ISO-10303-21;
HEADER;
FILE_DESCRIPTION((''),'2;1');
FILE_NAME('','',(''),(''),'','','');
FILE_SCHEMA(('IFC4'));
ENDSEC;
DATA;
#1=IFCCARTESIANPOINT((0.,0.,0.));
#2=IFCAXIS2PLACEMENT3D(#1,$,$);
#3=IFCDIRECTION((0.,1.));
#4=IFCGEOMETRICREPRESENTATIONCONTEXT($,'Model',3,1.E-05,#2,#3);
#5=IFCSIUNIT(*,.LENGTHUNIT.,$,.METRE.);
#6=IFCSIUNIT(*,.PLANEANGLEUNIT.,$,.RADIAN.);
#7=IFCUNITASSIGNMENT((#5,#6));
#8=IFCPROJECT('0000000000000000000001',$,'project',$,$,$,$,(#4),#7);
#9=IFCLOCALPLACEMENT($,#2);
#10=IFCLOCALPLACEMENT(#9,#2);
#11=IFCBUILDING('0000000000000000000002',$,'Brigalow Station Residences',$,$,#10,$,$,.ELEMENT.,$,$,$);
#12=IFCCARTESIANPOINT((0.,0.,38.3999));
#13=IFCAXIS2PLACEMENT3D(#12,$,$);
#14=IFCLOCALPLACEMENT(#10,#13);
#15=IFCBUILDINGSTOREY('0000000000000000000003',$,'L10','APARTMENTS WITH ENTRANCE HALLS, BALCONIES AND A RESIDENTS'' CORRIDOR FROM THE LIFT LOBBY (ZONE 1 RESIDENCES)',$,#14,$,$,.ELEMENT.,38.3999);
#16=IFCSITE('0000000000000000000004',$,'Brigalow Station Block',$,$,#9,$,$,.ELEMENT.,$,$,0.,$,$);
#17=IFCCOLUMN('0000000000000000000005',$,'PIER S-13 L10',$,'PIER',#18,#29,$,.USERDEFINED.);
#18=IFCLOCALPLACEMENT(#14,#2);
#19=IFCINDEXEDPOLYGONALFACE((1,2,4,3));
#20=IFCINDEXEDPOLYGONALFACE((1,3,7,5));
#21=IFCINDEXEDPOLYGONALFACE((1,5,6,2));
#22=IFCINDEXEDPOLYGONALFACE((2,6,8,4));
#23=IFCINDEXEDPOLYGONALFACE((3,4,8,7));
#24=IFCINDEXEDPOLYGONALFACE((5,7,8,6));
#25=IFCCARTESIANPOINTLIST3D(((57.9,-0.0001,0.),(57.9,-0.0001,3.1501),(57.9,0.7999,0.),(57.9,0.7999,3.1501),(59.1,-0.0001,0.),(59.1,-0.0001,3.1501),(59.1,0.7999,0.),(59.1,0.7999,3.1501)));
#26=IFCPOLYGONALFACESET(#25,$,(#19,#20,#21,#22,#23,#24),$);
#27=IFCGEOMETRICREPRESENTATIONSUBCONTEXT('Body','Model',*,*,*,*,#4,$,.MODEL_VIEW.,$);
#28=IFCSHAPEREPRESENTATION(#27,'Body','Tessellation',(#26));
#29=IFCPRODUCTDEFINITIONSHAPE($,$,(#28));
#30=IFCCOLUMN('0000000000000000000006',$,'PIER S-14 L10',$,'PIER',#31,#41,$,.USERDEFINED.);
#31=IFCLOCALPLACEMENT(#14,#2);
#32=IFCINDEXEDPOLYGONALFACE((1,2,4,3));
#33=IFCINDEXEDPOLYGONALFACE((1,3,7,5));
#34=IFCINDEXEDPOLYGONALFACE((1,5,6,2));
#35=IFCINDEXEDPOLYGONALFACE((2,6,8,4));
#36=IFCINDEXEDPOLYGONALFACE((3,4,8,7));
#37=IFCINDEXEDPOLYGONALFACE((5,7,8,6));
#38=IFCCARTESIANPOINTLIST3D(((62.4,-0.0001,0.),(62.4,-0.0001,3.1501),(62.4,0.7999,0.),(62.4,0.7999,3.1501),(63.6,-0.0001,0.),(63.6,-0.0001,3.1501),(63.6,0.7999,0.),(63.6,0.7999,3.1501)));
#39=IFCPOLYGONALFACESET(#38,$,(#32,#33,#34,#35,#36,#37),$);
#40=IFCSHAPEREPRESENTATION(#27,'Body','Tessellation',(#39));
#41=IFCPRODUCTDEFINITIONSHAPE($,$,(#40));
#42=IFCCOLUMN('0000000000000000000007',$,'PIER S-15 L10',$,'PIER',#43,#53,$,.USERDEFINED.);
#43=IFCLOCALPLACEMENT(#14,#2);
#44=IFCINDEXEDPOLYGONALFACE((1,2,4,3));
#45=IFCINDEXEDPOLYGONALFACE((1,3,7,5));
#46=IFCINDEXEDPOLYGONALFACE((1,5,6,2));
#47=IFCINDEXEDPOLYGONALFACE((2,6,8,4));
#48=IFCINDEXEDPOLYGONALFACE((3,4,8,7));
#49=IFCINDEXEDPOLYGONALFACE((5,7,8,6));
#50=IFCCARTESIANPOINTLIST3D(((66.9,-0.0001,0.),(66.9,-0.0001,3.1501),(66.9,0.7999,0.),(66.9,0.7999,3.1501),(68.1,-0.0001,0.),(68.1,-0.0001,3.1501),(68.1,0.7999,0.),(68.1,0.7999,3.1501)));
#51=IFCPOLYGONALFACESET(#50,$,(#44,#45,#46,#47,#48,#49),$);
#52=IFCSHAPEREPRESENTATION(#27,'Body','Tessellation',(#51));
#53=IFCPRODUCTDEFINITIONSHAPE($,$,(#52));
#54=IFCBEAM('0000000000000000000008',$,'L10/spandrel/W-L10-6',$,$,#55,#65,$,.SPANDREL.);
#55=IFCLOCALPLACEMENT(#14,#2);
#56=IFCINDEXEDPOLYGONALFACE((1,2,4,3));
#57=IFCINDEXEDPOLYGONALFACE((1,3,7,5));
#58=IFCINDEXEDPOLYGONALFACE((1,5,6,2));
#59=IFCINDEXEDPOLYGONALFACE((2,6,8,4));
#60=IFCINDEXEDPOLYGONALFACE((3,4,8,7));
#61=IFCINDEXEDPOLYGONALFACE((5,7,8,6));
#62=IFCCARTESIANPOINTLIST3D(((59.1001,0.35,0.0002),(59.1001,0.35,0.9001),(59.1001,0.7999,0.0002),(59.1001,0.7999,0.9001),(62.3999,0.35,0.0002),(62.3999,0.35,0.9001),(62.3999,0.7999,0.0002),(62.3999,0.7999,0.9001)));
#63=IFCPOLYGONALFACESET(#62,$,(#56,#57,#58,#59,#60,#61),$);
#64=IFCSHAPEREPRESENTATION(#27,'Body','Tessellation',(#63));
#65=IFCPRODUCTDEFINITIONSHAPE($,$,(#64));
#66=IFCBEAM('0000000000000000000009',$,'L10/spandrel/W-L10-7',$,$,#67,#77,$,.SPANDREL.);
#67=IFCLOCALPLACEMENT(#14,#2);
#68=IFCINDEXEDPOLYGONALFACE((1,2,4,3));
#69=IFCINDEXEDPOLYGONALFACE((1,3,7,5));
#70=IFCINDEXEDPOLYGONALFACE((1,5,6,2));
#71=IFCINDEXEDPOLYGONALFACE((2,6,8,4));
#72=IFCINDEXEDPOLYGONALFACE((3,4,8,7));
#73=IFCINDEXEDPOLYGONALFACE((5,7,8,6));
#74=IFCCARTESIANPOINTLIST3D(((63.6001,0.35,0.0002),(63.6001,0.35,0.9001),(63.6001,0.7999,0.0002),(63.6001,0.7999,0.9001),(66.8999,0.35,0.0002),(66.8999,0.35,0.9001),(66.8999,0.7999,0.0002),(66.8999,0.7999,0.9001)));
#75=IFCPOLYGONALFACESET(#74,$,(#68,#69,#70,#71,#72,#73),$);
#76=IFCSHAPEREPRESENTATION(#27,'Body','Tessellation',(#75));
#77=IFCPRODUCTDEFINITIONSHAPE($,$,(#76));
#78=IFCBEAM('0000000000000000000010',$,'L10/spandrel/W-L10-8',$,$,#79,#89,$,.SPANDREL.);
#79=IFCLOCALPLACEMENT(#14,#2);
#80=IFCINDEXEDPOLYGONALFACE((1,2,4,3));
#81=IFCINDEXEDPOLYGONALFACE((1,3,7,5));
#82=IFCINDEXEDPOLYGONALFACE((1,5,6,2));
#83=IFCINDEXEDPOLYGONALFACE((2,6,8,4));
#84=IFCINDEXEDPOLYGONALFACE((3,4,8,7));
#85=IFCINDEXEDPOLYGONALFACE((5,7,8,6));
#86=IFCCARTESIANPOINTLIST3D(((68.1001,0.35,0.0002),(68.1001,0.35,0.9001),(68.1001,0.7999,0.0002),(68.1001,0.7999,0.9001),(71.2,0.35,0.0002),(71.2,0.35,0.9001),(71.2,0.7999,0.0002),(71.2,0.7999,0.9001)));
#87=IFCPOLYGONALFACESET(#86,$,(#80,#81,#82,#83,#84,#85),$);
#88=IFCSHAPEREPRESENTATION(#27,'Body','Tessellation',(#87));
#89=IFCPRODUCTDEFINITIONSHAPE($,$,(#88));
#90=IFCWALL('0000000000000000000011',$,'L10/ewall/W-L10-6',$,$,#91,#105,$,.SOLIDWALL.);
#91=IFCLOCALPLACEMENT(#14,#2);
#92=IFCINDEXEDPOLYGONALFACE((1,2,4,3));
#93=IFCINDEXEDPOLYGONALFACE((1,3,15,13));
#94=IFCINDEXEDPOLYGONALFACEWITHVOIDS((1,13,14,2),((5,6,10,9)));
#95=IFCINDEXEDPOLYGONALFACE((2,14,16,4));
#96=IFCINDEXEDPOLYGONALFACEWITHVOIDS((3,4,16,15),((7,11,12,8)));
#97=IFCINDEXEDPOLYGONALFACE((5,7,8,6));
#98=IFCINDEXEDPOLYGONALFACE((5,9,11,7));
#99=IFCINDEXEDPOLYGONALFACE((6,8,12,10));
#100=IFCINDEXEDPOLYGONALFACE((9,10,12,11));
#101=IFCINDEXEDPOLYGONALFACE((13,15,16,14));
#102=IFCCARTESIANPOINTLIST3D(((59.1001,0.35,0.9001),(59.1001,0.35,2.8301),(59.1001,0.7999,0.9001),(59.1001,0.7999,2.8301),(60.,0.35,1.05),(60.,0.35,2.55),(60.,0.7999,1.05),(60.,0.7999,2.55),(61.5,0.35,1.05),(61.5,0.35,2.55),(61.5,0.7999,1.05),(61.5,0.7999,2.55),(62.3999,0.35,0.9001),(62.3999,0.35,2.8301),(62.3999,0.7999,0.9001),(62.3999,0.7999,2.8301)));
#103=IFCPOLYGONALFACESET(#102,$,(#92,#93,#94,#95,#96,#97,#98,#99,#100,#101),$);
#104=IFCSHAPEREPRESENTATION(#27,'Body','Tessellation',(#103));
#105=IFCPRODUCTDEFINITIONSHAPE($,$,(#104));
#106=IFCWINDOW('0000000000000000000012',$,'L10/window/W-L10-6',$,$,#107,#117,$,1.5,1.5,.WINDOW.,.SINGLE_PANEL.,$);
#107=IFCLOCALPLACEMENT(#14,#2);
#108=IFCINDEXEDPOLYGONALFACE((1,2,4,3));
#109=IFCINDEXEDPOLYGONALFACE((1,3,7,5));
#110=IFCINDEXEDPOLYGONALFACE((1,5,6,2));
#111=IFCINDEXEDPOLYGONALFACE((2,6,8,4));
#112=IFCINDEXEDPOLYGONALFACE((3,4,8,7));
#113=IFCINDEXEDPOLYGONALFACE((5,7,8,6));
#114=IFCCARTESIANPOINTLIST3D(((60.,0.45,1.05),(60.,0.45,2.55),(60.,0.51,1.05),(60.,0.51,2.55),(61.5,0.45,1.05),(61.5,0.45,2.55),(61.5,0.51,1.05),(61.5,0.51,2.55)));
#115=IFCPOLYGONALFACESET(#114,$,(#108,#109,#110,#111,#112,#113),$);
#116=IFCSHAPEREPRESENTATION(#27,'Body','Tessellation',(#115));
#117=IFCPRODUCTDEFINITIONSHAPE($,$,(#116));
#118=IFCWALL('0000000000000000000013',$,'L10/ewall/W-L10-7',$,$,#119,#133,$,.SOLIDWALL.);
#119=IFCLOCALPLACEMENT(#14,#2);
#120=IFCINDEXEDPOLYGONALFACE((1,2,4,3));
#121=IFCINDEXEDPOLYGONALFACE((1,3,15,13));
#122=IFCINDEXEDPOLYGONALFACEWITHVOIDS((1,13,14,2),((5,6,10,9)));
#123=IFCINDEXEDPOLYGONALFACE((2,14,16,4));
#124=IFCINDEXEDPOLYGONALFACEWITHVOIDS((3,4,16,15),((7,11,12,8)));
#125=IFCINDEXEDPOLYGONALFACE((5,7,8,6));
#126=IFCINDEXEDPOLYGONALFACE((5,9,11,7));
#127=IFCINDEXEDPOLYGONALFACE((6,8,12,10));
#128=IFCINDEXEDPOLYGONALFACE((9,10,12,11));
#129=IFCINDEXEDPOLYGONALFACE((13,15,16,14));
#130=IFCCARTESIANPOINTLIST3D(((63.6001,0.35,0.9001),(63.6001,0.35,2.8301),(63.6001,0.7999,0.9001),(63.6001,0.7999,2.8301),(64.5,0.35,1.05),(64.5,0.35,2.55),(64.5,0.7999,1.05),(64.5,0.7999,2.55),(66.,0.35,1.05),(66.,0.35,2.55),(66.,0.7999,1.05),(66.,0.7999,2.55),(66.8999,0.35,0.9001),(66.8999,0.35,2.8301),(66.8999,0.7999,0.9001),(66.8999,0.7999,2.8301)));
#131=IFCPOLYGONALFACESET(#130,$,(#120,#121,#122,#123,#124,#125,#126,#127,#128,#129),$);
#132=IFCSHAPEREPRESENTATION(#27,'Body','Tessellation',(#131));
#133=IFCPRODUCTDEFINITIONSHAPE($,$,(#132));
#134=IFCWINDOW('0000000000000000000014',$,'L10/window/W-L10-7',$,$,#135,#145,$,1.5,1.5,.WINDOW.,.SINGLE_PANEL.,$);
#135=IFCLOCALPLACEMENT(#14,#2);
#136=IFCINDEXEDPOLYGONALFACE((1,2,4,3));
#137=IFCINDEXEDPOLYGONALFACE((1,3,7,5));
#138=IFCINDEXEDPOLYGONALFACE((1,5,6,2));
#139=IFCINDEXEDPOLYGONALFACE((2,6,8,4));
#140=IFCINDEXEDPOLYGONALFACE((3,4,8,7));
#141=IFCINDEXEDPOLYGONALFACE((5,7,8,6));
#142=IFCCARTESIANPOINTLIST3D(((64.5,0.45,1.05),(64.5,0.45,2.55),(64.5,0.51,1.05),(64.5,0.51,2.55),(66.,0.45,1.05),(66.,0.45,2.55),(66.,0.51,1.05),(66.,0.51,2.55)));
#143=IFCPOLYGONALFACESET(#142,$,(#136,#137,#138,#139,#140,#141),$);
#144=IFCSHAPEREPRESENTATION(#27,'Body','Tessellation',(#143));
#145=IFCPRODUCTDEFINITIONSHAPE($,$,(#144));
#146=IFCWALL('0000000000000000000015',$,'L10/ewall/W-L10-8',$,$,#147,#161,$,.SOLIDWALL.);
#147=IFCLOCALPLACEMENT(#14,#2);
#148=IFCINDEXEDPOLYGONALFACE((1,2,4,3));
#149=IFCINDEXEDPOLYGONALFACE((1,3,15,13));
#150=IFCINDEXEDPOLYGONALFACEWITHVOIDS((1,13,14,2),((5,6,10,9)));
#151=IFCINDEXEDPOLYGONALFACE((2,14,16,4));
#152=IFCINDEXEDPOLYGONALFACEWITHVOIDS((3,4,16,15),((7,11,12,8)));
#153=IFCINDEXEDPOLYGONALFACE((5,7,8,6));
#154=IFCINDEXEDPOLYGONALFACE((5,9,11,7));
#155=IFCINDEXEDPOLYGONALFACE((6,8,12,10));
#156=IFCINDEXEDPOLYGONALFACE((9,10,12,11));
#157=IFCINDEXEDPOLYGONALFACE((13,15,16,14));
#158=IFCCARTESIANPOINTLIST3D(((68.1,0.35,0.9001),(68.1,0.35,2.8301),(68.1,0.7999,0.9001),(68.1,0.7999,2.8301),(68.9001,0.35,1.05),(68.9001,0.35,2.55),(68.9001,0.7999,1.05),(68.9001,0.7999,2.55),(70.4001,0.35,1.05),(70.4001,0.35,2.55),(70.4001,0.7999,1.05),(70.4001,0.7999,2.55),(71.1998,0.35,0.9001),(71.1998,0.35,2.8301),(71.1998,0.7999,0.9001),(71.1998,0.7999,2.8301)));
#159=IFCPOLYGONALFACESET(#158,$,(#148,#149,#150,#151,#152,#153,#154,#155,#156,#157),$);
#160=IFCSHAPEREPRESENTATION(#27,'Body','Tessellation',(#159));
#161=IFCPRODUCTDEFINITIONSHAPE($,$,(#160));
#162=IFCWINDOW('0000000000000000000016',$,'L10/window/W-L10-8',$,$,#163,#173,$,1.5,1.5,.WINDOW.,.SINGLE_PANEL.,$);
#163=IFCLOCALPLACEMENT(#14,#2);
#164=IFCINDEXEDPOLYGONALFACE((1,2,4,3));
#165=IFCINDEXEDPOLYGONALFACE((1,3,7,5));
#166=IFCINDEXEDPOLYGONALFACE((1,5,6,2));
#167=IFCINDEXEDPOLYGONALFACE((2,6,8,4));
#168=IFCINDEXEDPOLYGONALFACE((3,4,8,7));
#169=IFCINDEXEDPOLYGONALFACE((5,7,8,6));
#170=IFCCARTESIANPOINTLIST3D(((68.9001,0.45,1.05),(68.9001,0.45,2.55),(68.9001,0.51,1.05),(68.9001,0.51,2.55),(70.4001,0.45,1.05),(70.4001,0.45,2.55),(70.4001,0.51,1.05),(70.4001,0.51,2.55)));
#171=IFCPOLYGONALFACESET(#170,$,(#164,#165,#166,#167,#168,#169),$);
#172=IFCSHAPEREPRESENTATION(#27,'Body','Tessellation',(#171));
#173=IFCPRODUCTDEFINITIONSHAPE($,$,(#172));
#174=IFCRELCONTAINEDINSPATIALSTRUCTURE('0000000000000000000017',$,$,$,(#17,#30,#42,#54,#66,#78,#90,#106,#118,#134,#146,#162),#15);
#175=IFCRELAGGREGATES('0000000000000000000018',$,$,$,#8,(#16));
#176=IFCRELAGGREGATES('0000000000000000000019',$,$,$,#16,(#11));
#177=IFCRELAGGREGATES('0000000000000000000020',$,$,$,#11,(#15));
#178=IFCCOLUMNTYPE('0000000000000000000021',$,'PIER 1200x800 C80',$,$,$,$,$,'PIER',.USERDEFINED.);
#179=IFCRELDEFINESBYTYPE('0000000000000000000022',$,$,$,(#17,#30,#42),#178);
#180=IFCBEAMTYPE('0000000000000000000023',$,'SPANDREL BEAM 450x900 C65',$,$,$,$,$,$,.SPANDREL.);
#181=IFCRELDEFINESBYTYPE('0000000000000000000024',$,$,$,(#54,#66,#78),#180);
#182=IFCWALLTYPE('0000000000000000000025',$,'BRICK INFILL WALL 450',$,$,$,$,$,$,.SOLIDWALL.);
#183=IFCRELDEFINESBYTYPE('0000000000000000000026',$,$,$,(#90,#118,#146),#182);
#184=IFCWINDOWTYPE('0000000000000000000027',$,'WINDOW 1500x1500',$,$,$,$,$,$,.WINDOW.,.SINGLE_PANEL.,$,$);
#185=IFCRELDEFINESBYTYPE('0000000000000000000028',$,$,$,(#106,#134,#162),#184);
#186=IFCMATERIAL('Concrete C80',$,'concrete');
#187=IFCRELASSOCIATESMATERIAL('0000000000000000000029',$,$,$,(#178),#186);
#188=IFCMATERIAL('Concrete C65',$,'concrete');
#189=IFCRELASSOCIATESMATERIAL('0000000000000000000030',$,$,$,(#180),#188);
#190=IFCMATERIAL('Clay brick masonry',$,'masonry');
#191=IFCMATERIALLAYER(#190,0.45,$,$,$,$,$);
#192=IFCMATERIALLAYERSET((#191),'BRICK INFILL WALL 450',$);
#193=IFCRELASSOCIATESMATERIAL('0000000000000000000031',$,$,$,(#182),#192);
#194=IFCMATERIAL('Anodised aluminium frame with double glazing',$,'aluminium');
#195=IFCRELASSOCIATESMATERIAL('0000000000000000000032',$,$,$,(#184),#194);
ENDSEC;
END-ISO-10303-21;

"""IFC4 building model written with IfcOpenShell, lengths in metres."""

from ifc_helpers import new_model, si_unit, direction, frame, frame_2d, origin, origin_2d, place, context, subcontext, project, spatial, rectangle, extrude, material, layer, layer_set, material_profile, profile_set, type_object, element, fill, save


model = new_model("IFC4")

# Units and contexts
model_context = context("Model", 3, precision=1e-05, world=origin(), true_north=direction((0.0, 1.0)))
body_context = subcontext(model_context, "Body", "Model", "MODEL_VIEW")
ifc_project = project(units=[si_unit("LENGTHUNIT", "METRE"), si_unit("PLANEANGLEUNIT", "RADIAN")], contexts=[model_context])

# Site, building, storey
site_placement = place(None, origin())
site = spatial("IfcSite", under=ifc_project, at=site_placement, Name="Brigalow Station Block", CompositionType="ELEMENT", RefElevation=0.0)
building_placement = place(site_placement, origin())
building = spatial("IfcBuilding", under=site, at=building_placement, Name="Brigalow Station Residences", CompositionType="ELEMENT")
storey_placement = place(building_placement, frame((0.0, 0.0, 38.3999)))
storey = spatial("IfcBuildingStorey", under=building, at=storey_placement, Name="L10", Description="APARTMENTS WITH ENTRANCE HALLS, BALCONIES AND A RESIDENTS' CORRIDOR FROM THE LIFT LOBBY (ZONE 1 RESIDENCES)", CompositionType="ELEMENT", Elevation=38.3999)

# Columns
ifc_material_1 = material(Name="Concrete C80", Category="concrete")
ifc_material_profile_1 = material_profile(ifc_material_1, rectangle(XDim=1.2, YDim=0.8, at=origin_2d()), Name="RC1200x800")
ifc_profile_set_1 = profile_set([ifc_material_profile_1], Name="Concrete C80")
column_type = type_object("IfcColumnType", Name="PIER 1200x800 C80", ElementType="PIER", PredefinedType="USERDEFINED", material=ifc_profile_set_1)
for number, where, z_axis, x_axis, name in (
    (1, (58.5, 0.3999, 0.0), (0.0, 0.0, 1.0), (1.0, 0.0, 0.0), "PIER S-13 L10"),
    (2, (63.0, 0.3999, 0.0), (0.0, 0.0, 1.0), (1.0, 0.0, 0.0), "PIER S-14 L10"),
    (3, (67.5, 0.3999, 0.0), (0.0, 0.0, 1.0), (1.0, 0.0, 0.0), "PIER S-15 L10"),
):
    element("IfcColumn", number, at=place(storey_placement, frame(where, z_axis=z_axis, x_axis=x_axis)), inside=storey, type_object=column_type, Name=name, ObjectType="PIER", PredefinedType="USERDEFINED", context=body_context, shape_type="SweptSolid", body=[
        extrude(rectangle(XDim=1.2, YDim=0.8, at=origin_2d()), origin(), (0.0, 0.0, 1.0), 3.1501),
    ])

# Beams
ifc_material_2 = material(Name="Concrete C65", Category="concrete")
ifc_material_profile_2 = material_profile(ifc_material_2, rectangle(XDim=0.45, YDim=0.8999, at=origin_2d()), Name="RC450x900")
ifc_profile_set_2 = profile_set([ifc_material_profile_2], Name="Concrete C65")
beam_type = type_object("IfcBeamType", Name="SPANDREL BEAM 450x900 C65", PredefinedType="SPANDREL", material=ifc_profile_set_2)
for number, where, z_axis, x_axis, name in (
    (4, (59.1001, 0.575, 0.4502), (1.0, 0.0, 0.0), (0.0, 1.0, 0.0), "L10/spandrel/W-L10-6"),
    (5, (63.6001, 0.575, 0.4502), (1.0, 0.0, 0.0), (0.0, 1.0, 0.0), "L10/spandrel/W-L10-7"),
):
    element("IfcBeam", number, at=place(storey_placement, frame(where, z_axis=z_axis, x_axis=x_axis)), inside=storey, type_object=beam_type, Name=name, PredefinedType="SPANDREL", context=body_context, shape_type="SweptSolid", body=[
        extrude(rectangle(XDim=0.45, YDim=0.8999, at=origin_2d()), origin(), (0.0, 0.0, 1.0), 3.2998),
    ])
beam_placement = place(storey_placement, frame((68.1001, 0.575, 0.4502), z_axis=(1.0, 0.0, 0.0), x_axis=(0.0, 1.0, 0.0)))
element("IfcBeam", 6, at=beam_placement, inside=storey, type_object=beam_type, Name="L10/spandrel/W-L10-8", PredefinedType="SPANDREL", context=body_context, shape_type="SweptSolid", body=[
    extrude(rectangle(XDim=0.45, YDim=0.8999, at=origin_2d()), origin(), (0.0, 0.0, 1.0), 3.0999),
])

# Walls, openings, windows
ifc_material_3 = material(Name="Clay brick masonry", Category="masonry")
ifc_layer_1 = layer(ifc_material_3, 0.45)
ifc_layer_set_1 = layer_set([ifc_layer_1], Name="BRICK INFILL WALL 450")
wall_type_1 = type_object("IfcWallType", Name="BRICK INFILL WALL 450", PredefinedType="SOLIDWALL", material=ifc_layer_set_1)
wall_1_placement = place(storey_placement, frame((59.1001, 0.575, 0.9001), z_axis=(0.0, 0.0, 1.0), x_axis=(1.0, 0.0, 0.0)))
wall_1 = element("IfcWall", 7, at=wall_1_placement, inside=storey, type_object=wall_type_1, Name="L10/ewall/W-L10-6", PredefinedType="SOLIDWALL", context=body_context, shape_type="SweptSolid", body=[
    extrude(rectangle(XDim=3.2998, YDim=0.45, at=frame_2d((1.6499, 0.0))), origin(), (0.0, 0.0, 1.0), 1.9299),
])
opening_1_placement = place(wall_1_placement, frame((0.8999, 0.0, 0.1499)))
opening_1 = element("IfcOpeningElement", 8, at=opening_1_placement, cuts=wall_1, PredefinedType="OPENING", context=body_context, shape_type="SweptSolid", body=[
    extrude(rectangle(XDim=1.5, YDim=1.5, at=frame_2d((0.75, 0.75))), frame((0.0, 0.2349, 0.0), z_axis=(0.0, -1.0, 0.0), x_axis=(1.0, 0.0, 0.0)), (0.0, 0.0, 1.0), 0.47),
])
ifc_material_4 = material(Name="Anodised aluminium frame with double glazing", Category="aluminium")
window_type = type_object("IfcWindowType", Name="WINDOW 1500x1500", PartitioningType="SINGLE_PANEL", PredefinedType="WINDOW", material=ifc_material_4)
window_1_placement = place(opening_1_placement, origin())
window_1 = element("IfcWindow", 9, at=window_1_placement, inside=storey, type_object=window_type, Name="L10/window/W-L10-6", OverallHeight=1.5, OverallWidth=1.5, PartitioningType="SINGLE_PANEL", PredefinedType="WINDOW", context=body_context, shape_type="SweptSolid", body=[
    extrude(rectangle(XDim=1.5, YDim=1.5, at=frame_2d((0.75, 0.75))), frame((0.0, -0.0649, 0.0), z_axis=(0.0, -1.0, 0.0), x_axis=(1.0, 0.0, 0.0)), (0.0, 0.0, 1.0), 0.0601),
])
fill(opening_1, window_1)
wall_2_placement = place(storey_placement, frame((63.6001, 0.575, 0.9001), z_axis=(0.0, 0.0, 1.0), x_axis=(1.0, 0.0, 0.0)))
wall_2 = element("IfcWall", 10, at=wall_2_placement, inside=storey, type_object=wall_type_1, Name="L10/ewall/W-L10-7", PredefinedType="SOLIDWALL", context=body_context, shape_type="SweptSolid", body=[
    extrude(rectangle(XDim=3.2998, YDim=0.45, at=frame_2d((1.6499, 0.0))), origin(), (0.0, 0.0, 1.0), 1.9299),
])
opening_2_placement = place(wall_2_placement, frame((0.8999, 0.0, 0.1499)))
opening_2 = element("IfcOpeningElement", 11, at=opening_2_placement, cuts=wall_2, PredefinedType="OPENING", context=body_context, shape_type="SweptSolid", body=[
    extrude(rectangle(XDim=1.5, YDim=1.5, at=frame_2d((0.75, 0.75))), frame((0.0, 0.2349, 0.0), z_axis=(0.0, -1.0, 0.0), x_axis=(1.0, 0.0, 0.0)), (0.0, 0.0, 1.0), 0.47),
])
window_2_placement = place(opening_2_placement, origin())
window_2 = element("IfcWindow", 12, at=window_2_placement, inside=storey, type_object=window_type, Name="L10/window/W-L10-7", OverallHeight=1.5, OverallWidth=1.5, PartitioningType="SINGLE_PANEL", PredefinedType="WINDOW", context=body_context, shape_type="SweptSolid", body=[
    extrude(rectangle(XDim=1.5, YDim=1.5, at=frame_2d((0.75, 0.75))), frame((0.0, -0.0649, 0.0), z_axis=(0.0, -1.0, 0.0), x_axis=(1.0, 0.0, 0.0)), (0.0, 0.0, 1.0), 0.0601),
])
fill(opening_2, window_2)
wall_3_placement = place(storey_placement, frame((68.1001, 0.575, 0.9001), z_axis=(0.0, 0.0, 1.0), x_axis=(1.0, 0.0, 0.0)))
wall_3 = element("IfcWall", 13, at=wall_3_placement, inside=storey, type_object=wall_type_1, Name="L10/ewall/W-L10-8", PredefinedType="SOLIDWALL", context=body_context, shape_type="SweptSolid", body=[
    extrude(rectangle(XDim=3.0999, YDim=0.45, at=frame_2d((1.5498, 0.0))), origin(), (0.0, 0.0, 1.0), 1.9299),
])
opening_3_placement = place(wall_3_placement, frame((0.8, 0.0, 0.1499)))
opening_3 = element("IfcOpeningElement", 14, at=opening_3_placement, cuts=wall_3, PredefinedType="OPENING", context=body_context, shape_type="SweptSolid", body=[
    extrude(rectangle(XDim=1.5, YDim=1.5, at=frame_2d((0.75, 0.75))), frame((0.0, 0.2349, 0.0), z_axis=(0.0, -1.0, 0.0), x_axis=(1.0, 0.0, 0.0)), (0.0, 0.0, 1.0), 0.47),
])
window_3_placement = place(opening_3_placement, origin())
window_3 = element("IfcWindow", 15, at=window_3_placement, inside=storey, type_object=window_type, Name="L10/window/W-L10-8", OverallHeight=1.5, OverallWidth=1.5, PartitioningType="SINGLE_PANEL", PredefinedType="WINDOW", context=body_context, shape_type="SweptSolid", body=[
    extrude(rectangle(XDim=1.5, YDim=1.5, at=frame_2d((0.75, 0.75))), frame((0.0, -0.0649, 0.0), z_axis=(0.0, -1.0, 0.0), x_axis=(1.0, 0.0, 0.0)), (0.0, 0.0, 1.0), 0.0601),
])
fill(opening_3, window_3)

save(model, "model.ifc")
